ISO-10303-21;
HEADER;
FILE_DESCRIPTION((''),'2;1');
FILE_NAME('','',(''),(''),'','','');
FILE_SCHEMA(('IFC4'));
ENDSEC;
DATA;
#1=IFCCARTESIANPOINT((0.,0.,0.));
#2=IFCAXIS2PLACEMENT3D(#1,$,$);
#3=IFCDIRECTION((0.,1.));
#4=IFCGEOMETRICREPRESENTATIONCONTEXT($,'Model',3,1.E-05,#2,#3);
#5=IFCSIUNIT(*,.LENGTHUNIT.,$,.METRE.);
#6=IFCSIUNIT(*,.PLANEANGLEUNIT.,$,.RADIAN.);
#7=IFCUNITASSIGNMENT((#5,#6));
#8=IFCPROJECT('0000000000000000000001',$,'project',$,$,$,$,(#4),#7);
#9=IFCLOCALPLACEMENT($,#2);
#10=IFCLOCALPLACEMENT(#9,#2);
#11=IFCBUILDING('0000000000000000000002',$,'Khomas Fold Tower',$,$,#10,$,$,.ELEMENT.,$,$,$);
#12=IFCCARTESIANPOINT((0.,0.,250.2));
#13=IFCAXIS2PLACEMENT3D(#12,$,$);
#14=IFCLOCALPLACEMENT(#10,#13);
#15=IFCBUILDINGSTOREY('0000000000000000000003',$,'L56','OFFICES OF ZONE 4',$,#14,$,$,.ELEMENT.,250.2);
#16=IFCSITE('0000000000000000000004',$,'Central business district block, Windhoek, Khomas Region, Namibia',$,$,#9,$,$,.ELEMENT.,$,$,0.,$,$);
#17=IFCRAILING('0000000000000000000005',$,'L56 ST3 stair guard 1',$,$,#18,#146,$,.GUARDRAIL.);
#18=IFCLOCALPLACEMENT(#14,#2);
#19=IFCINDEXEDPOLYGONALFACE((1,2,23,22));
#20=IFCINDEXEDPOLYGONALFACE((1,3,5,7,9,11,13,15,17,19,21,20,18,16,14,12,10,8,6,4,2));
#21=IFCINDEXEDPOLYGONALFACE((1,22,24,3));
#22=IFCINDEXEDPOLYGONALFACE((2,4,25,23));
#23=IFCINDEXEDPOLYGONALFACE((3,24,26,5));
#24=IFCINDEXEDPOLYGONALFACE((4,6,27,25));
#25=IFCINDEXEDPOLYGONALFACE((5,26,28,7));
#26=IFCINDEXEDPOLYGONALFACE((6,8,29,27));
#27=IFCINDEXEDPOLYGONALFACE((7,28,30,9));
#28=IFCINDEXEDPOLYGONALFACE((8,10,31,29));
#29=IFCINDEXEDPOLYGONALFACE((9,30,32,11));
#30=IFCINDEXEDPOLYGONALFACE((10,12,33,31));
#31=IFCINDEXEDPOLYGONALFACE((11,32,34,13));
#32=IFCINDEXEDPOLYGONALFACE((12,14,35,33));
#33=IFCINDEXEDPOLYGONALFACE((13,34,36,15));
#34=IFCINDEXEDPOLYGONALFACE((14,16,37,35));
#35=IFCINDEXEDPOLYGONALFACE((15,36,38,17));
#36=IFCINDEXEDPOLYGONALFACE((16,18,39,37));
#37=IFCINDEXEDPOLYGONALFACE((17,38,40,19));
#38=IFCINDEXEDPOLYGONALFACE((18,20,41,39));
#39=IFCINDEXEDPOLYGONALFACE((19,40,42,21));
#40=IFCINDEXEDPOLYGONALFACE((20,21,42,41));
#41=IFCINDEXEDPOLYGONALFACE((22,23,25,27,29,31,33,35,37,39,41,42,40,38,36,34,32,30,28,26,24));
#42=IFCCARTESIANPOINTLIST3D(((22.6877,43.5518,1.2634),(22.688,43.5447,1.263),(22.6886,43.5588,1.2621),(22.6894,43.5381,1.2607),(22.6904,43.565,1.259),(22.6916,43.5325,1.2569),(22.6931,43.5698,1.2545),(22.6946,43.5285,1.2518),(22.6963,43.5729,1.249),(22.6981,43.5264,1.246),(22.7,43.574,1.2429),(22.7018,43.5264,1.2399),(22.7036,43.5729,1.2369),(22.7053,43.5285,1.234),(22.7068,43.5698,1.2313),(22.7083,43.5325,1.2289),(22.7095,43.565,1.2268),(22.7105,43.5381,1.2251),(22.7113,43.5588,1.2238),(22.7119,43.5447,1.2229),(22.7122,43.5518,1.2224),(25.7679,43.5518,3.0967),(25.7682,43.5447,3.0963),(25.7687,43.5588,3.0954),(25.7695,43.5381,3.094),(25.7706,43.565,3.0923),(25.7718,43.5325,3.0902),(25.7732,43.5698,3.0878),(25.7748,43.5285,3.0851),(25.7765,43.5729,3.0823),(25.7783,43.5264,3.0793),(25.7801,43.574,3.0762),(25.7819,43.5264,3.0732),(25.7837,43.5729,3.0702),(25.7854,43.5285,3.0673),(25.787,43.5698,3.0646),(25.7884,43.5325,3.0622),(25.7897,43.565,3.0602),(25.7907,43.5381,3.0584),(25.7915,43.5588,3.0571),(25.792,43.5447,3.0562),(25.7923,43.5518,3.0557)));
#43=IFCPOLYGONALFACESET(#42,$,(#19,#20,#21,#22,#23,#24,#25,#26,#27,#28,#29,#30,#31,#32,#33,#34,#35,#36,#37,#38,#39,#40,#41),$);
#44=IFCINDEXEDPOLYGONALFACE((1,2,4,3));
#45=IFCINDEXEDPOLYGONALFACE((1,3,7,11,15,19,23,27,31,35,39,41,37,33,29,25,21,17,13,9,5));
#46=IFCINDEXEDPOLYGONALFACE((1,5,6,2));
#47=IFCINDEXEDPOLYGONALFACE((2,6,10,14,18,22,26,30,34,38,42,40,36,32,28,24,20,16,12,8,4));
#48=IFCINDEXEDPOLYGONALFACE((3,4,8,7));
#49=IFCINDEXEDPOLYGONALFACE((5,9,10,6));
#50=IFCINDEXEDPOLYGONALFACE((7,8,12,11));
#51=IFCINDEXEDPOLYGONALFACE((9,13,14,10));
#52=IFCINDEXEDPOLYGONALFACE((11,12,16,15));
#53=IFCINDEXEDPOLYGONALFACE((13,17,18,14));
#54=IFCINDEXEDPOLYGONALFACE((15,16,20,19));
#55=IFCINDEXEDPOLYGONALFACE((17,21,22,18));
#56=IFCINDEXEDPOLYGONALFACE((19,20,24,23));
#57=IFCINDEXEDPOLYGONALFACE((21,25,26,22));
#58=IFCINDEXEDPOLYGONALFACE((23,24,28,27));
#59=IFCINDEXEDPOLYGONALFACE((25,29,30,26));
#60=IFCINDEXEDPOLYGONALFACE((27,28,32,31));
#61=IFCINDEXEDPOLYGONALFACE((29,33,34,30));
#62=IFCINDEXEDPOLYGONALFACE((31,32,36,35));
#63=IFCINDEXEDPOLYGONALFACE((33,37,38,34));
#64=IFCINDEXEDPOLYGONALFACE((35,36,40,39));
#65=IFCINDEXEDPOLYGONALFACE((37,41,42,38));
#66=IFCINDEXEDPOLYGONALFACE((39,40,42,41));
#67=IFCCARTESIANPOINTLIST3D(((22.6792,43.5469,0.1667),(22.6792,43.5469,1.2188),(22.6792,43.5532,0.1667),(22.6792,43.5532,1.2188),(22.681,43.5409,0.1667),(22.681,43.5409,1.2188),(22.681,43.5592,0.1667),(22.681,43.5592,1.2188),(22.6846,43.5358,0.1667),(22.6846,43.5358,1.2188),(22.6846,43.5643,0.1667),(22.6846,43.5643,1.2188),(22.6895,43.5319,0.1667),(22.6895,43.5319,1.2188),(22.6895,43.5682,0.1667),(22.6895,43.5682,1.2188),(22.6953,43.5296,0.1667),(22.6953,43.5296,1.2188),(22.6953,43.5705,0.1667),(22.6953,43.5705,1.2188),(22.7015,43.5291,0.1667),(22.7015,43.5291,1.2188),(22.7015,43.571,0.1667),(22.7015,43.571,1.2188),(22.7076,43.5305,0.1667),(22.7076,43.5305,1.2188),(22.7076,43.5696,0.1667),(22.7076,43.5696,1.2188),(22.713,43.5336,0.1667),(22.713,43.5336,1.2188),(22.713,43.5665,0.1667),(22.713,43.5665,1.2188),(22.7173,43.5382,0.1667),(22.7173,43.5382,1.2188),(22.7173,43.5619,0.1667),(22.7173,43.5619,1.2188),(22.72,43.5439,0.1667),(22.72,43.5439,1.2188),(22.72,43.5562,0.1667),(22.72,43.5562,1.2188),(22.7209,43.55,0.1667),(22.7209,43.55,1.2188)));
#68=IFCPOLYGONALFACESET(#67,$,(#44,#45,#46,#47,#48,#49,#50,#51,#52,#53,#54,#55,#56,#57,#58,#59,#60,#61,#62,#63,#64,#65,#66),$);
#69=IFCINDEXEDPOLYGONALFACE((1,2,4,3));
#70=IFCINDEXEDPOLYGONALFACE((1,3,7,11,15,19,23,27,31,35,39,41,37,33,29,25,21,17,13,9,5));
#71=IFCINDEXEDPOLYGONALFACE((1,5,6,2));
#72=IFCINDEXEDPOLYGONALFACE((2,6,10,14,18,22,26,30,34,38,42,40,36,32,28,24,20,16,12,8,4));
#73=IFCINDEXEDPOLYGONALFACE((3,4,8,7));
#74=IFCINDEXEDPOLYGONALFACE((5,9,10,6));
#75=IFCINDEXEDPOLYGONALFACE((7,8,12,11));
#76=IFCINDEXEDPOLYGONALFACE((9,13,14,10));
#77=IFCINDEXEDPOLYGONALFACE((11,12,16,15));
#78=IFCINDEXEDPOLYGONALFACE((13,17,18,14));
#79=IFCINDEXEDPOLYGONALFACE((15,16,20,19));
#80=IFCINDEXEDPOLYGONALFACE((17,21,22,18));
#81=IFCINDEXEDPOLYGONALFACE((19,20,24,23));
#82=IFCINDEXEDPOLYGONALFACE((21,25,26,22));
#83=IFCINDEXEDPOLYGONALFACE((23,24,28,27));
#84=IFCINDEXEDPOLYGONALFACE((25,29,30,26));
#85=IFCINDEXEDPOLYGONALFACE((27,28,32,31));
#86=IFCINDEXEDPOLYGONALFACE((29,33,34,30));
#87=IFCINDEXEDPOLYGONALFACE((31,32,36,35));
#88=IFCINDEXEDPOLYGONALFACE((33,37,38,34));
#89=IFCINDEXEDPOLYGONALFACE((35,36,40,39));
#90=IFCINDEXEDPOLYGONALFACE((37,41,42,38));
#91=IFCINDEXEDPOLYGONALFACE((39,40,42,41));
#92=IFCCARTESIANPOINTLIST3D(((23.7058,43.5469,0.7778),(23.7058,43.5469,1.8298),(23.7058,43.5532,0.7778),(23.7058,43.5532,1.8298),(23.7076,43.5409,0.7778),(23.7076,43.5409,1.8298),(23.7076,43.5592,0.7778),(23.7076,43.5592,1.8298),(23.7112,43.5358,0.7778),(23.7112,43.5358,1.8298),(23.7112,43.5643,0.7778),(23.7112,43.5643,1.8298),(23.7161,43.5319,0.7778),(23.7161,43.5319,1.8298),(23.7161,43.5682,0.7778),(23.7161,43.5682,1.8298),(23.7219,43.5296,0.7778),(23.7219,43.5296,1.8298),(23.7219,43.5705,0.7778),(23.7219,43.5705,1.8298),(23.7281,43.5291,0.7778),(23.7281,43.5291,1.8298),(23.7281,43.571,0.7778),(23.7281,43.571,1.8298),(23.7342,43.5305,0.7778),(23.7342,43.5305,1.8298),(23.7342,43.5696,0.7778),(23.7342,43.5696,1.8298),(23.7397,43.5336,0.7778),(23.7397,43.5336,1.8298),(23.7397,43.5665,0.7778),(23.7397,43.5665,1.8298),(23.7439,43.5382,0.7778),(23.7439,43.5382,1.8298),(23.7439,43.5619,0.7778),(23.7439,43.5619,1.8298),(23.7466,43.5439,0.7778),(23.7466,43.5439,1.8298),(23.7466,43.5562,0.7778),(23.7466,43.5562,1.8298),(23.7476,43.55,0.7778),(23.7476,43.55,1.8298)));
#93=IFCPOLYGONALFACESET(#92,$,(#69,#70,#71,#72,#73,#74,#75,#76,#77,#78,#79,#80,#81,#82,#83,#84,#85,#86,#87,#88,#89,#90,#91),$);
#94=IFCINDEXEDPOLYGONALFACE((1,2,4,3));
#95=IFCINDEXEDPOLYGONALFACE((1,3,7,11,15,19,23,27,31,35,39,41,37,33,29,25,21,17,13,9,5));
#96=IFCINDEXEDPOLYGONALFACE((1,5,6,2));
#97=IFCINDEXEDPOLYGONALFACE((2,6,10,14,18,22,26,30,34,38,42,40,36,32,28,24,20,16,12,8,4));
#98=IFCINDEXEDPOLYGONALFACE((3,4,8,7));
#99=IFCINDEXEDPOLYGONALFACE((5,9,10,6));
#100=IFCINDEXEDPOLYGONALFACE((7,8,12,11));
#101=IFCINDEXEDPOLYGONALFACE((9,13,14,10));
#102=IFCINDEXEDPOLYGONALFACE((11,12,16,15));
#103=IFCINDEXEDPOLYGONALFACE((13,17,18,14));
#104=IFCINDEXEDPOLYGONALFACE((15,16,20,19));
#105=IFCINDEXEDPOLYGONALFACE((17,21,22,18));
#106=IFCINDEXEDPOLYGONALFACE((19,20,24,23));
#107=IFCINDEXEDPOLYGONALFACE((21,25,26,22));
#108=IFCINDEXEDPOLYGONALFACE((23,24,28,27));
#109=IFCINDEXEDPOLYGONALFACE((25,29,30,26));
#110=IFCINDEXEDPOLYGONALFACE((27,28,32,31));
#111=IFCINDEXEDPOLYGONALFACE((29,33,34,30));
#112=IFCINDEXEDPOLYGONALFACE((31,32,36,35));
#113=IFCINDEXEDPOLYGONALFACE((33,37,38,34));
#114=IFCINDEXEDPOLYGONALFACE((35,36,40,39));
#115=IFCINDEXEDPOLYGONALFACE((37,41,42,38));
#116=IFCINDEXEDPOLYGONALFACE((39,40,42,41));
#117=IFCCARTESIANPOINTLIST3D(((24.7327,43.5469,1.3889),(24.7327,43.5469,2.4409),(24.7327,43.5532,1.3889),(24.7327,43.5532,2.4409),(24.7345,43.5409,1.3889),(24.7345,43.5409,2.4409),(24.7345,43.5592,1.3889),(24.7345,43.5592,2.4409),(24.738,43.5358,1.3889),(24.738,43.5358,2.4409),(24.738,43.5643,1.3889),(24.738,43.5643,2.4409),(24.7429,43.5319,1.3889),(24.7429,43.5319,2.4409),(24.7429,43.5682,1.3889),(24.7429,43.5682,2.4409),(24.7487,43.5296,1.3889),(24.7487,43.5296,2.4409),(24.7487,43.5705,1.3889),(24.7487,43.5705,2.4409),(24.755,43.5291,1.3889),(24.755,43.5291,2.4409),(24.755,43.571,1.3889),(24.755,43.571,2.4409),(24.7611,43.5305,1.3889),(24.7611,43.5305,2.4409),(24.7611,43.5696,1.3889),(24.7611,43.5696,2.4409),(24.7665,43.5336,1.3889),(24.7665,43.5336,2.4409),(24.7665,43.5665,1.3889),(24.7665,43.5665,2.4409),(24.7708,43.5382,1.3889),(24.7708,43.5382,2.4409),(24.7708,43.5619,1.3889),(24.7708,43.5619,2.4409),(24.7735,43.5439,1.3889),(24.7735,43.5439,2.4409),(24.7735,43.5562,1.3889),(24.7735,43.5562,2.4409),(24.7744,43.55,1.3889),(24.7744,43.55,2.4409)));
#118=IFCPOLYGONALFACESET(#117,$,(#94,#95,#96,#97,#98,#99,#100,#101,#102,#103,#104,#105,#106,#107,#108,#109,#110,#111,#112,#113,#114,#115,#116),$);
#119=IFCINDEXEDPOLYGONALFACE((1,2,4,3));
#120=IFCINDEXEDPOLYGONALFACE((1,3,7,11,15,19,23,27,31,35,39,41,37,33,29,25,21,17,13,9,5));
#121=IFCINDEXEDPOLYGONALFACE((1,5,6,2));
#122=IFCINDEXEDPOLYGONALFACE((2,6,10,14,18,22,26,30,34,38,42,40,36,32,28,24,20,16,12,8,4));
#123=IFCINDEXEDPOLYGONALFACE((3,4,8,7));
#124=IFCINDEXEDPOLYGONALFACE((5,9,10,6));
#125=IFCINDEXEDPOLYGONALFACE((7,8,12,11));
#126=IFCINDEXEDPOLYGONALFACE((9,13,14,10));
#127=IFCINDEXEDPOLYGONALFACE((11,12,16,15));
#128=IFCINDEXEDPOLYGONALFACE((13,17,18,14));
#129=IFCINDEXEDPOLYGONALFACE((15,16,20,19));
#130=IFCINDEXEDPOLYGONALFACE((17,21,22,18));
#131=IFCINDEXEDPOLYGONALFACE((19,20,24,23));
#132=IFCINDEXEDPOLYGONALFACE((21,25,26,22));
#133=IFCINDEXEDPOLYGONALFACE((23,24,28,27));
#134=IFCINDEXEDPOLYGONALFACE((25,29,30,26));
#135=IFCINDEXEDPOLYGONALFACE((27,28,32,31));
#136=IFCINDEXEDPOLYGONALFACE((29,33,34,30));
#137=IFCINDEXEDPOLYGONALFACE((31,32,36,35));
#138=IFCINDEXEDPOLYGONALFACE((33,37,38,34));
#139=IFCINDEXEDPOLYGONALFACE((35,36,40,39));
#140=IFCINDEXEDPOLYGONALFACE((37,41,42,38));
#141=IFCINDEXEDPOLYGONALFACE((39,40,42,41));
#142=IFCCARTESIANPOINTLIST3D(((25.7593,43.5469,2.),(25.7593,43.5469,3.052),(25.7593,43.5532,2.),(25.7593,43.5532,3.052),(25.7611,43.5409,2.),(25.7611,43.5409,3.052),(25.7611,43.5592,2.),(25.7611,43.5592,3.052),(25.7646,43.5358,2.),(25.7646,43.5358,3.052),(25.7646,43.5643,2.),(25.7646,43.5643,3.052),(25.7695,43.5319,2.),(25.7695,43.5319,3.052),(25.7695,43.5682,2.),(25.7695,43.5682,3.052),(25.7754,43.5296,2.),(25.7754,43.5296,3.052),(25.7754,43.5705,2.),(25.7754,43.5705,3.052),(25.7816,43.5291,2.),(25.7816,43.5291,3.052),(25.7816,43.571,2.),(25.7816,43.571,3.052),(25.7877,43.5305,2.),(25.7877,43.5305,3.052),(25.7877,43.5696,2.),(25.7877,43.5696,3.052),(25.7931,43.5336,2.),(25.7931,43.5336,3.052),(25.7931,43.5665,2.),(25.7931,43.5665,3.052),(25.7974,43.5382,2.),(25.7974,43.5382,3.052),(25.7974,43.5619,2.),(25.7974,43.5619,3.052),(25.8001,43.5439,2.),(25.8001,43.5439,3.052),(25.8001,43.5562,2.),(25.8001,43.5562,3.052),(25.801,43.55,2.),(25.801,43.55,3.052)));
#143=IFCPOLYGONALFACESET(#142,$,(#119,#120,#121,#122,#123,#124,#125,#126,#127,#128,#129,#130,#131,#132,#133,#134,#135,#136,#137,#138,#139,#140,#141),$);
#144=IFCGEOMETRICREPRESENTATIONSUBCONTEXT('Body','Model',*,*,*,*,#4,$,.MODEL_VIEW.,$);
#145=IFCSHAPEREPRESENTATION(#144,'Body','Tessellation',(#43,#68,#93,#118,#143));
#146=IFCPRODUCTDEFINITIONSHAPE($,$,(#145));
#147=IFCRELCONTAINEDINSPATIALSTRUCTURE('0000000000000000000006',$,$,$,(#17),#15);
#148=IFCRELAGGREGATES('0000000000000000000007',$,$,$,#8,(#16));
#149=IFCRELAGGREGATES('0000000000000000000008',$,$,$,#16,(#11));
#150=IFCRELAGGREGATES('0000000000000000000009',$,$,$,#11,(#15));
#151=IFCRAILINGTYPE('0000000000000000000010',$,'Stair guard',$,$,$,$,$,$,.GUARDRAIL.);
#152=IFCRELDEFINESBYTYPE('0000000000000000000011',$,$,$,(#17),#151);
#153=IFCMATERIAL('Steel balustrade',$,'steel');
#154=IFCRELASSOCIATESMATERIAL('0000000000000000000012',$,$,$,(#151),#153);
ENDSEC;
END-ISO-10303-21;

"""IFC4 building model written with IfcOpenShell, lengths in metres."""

from ifc_helpers import new_model, si_unit, direction, frame, origin, origin_2d, place, context, subcontext, project, spatial, circle, extrude, source, transform, mapped, material, type_object, element, save


model = new_model("IFC4")

# Units and contexts
model_context = context("Model", 3, precision=1e-05, world=origin(), true_north=direction((0.0, 1.0)))
body_context = subcontext(model_context, "Body", "Model", "MODEL_VIEW")
ifc_project = project(units=[si_unit("LENGTHUNIT", "METRE"), si_unit("PLANEANGLEUNIT", "RADIAN")], contexts=[model_context])

# Site, building, storey
site_placement = place(None, origin())
site = spatial("IfcSite", under=ifc_project, at=site_placement, Name="Central business district block, Windhoek, Khomas Region, Namibia", CompositionType="ELEMENT", RefElevation=0.0)
building_placement = place(site_placement, origin())
building = spatial("IfcBuilding", under=site, at=building_placement, Name="Khomas Fold Tower", CompositionType="ELEMENT")
storey_placement = place(building_placement, frame((0.0, 0.0, 250.2)))
storey = spatial("IfcBuildingStorey", under=building, at=storey_placement, Name="L56", Description="OFFICES OF ZONE 4", CompositionType="ELEMENT", Elevation=250.2)

# Railing
ifc_material_1 = material(Name="Steel balustrade", Category="steel")
railing_type_1 = type_object("IfcRailingType", Name="Stair guard", PredefinedType="GUARDRAIL", material=ifc_material_1)
shared_shape_1 = source(origin(), body_context, "Body", "SweptSolid", [
    extrude(circle(Radius=0.0239, at=origin_2d()), frame((0.0, 0.0, 1.0762), z_axis=(0.859309, 0.0, 0.511458), x_axis=(0.0, 1.0, 0.0)), (0.0, 0.0, 1.0), 3.5845),
    extrude(circle(Radius=0.021, at=origin_2d()), origin(), (0.0, 0.0, 1.0), 1.052),
    extrude(circle(Radius=0.021, at=origin_2d()), frame((1.0266, 0.0, 0.6111)), (0.0, 0.0, 1.0), 1.052),
    extrude(circle(Radius=0.021, at=origin_2d()), frame((2.0535, 0.0, 1.2222)), (0.0, 0.0, 1.0), 1.052),
    extrude(circle(Radius=0.021, at=origin_2d()), frame((3.0801, 0.0, 1.8333)), (0.0, 0.0, 1.0), 1.052),
])
railing_1_placement = place(storey_placement, frame((22.7, 43.55, 0.1667)))
element("IfcRailing", 1, at=railing_1_placement, inside=storey, type_object=railing_type_1, Name="L56 ST3 stair guard 1", PredefinedType="GUARDRAIL", context=body_context, shape_type="MappedRepresentation", body=[
    mapped(shared_shape_1, transform((0.0, 0.0, 0.0))),
])

save(model, "model.ifc")
